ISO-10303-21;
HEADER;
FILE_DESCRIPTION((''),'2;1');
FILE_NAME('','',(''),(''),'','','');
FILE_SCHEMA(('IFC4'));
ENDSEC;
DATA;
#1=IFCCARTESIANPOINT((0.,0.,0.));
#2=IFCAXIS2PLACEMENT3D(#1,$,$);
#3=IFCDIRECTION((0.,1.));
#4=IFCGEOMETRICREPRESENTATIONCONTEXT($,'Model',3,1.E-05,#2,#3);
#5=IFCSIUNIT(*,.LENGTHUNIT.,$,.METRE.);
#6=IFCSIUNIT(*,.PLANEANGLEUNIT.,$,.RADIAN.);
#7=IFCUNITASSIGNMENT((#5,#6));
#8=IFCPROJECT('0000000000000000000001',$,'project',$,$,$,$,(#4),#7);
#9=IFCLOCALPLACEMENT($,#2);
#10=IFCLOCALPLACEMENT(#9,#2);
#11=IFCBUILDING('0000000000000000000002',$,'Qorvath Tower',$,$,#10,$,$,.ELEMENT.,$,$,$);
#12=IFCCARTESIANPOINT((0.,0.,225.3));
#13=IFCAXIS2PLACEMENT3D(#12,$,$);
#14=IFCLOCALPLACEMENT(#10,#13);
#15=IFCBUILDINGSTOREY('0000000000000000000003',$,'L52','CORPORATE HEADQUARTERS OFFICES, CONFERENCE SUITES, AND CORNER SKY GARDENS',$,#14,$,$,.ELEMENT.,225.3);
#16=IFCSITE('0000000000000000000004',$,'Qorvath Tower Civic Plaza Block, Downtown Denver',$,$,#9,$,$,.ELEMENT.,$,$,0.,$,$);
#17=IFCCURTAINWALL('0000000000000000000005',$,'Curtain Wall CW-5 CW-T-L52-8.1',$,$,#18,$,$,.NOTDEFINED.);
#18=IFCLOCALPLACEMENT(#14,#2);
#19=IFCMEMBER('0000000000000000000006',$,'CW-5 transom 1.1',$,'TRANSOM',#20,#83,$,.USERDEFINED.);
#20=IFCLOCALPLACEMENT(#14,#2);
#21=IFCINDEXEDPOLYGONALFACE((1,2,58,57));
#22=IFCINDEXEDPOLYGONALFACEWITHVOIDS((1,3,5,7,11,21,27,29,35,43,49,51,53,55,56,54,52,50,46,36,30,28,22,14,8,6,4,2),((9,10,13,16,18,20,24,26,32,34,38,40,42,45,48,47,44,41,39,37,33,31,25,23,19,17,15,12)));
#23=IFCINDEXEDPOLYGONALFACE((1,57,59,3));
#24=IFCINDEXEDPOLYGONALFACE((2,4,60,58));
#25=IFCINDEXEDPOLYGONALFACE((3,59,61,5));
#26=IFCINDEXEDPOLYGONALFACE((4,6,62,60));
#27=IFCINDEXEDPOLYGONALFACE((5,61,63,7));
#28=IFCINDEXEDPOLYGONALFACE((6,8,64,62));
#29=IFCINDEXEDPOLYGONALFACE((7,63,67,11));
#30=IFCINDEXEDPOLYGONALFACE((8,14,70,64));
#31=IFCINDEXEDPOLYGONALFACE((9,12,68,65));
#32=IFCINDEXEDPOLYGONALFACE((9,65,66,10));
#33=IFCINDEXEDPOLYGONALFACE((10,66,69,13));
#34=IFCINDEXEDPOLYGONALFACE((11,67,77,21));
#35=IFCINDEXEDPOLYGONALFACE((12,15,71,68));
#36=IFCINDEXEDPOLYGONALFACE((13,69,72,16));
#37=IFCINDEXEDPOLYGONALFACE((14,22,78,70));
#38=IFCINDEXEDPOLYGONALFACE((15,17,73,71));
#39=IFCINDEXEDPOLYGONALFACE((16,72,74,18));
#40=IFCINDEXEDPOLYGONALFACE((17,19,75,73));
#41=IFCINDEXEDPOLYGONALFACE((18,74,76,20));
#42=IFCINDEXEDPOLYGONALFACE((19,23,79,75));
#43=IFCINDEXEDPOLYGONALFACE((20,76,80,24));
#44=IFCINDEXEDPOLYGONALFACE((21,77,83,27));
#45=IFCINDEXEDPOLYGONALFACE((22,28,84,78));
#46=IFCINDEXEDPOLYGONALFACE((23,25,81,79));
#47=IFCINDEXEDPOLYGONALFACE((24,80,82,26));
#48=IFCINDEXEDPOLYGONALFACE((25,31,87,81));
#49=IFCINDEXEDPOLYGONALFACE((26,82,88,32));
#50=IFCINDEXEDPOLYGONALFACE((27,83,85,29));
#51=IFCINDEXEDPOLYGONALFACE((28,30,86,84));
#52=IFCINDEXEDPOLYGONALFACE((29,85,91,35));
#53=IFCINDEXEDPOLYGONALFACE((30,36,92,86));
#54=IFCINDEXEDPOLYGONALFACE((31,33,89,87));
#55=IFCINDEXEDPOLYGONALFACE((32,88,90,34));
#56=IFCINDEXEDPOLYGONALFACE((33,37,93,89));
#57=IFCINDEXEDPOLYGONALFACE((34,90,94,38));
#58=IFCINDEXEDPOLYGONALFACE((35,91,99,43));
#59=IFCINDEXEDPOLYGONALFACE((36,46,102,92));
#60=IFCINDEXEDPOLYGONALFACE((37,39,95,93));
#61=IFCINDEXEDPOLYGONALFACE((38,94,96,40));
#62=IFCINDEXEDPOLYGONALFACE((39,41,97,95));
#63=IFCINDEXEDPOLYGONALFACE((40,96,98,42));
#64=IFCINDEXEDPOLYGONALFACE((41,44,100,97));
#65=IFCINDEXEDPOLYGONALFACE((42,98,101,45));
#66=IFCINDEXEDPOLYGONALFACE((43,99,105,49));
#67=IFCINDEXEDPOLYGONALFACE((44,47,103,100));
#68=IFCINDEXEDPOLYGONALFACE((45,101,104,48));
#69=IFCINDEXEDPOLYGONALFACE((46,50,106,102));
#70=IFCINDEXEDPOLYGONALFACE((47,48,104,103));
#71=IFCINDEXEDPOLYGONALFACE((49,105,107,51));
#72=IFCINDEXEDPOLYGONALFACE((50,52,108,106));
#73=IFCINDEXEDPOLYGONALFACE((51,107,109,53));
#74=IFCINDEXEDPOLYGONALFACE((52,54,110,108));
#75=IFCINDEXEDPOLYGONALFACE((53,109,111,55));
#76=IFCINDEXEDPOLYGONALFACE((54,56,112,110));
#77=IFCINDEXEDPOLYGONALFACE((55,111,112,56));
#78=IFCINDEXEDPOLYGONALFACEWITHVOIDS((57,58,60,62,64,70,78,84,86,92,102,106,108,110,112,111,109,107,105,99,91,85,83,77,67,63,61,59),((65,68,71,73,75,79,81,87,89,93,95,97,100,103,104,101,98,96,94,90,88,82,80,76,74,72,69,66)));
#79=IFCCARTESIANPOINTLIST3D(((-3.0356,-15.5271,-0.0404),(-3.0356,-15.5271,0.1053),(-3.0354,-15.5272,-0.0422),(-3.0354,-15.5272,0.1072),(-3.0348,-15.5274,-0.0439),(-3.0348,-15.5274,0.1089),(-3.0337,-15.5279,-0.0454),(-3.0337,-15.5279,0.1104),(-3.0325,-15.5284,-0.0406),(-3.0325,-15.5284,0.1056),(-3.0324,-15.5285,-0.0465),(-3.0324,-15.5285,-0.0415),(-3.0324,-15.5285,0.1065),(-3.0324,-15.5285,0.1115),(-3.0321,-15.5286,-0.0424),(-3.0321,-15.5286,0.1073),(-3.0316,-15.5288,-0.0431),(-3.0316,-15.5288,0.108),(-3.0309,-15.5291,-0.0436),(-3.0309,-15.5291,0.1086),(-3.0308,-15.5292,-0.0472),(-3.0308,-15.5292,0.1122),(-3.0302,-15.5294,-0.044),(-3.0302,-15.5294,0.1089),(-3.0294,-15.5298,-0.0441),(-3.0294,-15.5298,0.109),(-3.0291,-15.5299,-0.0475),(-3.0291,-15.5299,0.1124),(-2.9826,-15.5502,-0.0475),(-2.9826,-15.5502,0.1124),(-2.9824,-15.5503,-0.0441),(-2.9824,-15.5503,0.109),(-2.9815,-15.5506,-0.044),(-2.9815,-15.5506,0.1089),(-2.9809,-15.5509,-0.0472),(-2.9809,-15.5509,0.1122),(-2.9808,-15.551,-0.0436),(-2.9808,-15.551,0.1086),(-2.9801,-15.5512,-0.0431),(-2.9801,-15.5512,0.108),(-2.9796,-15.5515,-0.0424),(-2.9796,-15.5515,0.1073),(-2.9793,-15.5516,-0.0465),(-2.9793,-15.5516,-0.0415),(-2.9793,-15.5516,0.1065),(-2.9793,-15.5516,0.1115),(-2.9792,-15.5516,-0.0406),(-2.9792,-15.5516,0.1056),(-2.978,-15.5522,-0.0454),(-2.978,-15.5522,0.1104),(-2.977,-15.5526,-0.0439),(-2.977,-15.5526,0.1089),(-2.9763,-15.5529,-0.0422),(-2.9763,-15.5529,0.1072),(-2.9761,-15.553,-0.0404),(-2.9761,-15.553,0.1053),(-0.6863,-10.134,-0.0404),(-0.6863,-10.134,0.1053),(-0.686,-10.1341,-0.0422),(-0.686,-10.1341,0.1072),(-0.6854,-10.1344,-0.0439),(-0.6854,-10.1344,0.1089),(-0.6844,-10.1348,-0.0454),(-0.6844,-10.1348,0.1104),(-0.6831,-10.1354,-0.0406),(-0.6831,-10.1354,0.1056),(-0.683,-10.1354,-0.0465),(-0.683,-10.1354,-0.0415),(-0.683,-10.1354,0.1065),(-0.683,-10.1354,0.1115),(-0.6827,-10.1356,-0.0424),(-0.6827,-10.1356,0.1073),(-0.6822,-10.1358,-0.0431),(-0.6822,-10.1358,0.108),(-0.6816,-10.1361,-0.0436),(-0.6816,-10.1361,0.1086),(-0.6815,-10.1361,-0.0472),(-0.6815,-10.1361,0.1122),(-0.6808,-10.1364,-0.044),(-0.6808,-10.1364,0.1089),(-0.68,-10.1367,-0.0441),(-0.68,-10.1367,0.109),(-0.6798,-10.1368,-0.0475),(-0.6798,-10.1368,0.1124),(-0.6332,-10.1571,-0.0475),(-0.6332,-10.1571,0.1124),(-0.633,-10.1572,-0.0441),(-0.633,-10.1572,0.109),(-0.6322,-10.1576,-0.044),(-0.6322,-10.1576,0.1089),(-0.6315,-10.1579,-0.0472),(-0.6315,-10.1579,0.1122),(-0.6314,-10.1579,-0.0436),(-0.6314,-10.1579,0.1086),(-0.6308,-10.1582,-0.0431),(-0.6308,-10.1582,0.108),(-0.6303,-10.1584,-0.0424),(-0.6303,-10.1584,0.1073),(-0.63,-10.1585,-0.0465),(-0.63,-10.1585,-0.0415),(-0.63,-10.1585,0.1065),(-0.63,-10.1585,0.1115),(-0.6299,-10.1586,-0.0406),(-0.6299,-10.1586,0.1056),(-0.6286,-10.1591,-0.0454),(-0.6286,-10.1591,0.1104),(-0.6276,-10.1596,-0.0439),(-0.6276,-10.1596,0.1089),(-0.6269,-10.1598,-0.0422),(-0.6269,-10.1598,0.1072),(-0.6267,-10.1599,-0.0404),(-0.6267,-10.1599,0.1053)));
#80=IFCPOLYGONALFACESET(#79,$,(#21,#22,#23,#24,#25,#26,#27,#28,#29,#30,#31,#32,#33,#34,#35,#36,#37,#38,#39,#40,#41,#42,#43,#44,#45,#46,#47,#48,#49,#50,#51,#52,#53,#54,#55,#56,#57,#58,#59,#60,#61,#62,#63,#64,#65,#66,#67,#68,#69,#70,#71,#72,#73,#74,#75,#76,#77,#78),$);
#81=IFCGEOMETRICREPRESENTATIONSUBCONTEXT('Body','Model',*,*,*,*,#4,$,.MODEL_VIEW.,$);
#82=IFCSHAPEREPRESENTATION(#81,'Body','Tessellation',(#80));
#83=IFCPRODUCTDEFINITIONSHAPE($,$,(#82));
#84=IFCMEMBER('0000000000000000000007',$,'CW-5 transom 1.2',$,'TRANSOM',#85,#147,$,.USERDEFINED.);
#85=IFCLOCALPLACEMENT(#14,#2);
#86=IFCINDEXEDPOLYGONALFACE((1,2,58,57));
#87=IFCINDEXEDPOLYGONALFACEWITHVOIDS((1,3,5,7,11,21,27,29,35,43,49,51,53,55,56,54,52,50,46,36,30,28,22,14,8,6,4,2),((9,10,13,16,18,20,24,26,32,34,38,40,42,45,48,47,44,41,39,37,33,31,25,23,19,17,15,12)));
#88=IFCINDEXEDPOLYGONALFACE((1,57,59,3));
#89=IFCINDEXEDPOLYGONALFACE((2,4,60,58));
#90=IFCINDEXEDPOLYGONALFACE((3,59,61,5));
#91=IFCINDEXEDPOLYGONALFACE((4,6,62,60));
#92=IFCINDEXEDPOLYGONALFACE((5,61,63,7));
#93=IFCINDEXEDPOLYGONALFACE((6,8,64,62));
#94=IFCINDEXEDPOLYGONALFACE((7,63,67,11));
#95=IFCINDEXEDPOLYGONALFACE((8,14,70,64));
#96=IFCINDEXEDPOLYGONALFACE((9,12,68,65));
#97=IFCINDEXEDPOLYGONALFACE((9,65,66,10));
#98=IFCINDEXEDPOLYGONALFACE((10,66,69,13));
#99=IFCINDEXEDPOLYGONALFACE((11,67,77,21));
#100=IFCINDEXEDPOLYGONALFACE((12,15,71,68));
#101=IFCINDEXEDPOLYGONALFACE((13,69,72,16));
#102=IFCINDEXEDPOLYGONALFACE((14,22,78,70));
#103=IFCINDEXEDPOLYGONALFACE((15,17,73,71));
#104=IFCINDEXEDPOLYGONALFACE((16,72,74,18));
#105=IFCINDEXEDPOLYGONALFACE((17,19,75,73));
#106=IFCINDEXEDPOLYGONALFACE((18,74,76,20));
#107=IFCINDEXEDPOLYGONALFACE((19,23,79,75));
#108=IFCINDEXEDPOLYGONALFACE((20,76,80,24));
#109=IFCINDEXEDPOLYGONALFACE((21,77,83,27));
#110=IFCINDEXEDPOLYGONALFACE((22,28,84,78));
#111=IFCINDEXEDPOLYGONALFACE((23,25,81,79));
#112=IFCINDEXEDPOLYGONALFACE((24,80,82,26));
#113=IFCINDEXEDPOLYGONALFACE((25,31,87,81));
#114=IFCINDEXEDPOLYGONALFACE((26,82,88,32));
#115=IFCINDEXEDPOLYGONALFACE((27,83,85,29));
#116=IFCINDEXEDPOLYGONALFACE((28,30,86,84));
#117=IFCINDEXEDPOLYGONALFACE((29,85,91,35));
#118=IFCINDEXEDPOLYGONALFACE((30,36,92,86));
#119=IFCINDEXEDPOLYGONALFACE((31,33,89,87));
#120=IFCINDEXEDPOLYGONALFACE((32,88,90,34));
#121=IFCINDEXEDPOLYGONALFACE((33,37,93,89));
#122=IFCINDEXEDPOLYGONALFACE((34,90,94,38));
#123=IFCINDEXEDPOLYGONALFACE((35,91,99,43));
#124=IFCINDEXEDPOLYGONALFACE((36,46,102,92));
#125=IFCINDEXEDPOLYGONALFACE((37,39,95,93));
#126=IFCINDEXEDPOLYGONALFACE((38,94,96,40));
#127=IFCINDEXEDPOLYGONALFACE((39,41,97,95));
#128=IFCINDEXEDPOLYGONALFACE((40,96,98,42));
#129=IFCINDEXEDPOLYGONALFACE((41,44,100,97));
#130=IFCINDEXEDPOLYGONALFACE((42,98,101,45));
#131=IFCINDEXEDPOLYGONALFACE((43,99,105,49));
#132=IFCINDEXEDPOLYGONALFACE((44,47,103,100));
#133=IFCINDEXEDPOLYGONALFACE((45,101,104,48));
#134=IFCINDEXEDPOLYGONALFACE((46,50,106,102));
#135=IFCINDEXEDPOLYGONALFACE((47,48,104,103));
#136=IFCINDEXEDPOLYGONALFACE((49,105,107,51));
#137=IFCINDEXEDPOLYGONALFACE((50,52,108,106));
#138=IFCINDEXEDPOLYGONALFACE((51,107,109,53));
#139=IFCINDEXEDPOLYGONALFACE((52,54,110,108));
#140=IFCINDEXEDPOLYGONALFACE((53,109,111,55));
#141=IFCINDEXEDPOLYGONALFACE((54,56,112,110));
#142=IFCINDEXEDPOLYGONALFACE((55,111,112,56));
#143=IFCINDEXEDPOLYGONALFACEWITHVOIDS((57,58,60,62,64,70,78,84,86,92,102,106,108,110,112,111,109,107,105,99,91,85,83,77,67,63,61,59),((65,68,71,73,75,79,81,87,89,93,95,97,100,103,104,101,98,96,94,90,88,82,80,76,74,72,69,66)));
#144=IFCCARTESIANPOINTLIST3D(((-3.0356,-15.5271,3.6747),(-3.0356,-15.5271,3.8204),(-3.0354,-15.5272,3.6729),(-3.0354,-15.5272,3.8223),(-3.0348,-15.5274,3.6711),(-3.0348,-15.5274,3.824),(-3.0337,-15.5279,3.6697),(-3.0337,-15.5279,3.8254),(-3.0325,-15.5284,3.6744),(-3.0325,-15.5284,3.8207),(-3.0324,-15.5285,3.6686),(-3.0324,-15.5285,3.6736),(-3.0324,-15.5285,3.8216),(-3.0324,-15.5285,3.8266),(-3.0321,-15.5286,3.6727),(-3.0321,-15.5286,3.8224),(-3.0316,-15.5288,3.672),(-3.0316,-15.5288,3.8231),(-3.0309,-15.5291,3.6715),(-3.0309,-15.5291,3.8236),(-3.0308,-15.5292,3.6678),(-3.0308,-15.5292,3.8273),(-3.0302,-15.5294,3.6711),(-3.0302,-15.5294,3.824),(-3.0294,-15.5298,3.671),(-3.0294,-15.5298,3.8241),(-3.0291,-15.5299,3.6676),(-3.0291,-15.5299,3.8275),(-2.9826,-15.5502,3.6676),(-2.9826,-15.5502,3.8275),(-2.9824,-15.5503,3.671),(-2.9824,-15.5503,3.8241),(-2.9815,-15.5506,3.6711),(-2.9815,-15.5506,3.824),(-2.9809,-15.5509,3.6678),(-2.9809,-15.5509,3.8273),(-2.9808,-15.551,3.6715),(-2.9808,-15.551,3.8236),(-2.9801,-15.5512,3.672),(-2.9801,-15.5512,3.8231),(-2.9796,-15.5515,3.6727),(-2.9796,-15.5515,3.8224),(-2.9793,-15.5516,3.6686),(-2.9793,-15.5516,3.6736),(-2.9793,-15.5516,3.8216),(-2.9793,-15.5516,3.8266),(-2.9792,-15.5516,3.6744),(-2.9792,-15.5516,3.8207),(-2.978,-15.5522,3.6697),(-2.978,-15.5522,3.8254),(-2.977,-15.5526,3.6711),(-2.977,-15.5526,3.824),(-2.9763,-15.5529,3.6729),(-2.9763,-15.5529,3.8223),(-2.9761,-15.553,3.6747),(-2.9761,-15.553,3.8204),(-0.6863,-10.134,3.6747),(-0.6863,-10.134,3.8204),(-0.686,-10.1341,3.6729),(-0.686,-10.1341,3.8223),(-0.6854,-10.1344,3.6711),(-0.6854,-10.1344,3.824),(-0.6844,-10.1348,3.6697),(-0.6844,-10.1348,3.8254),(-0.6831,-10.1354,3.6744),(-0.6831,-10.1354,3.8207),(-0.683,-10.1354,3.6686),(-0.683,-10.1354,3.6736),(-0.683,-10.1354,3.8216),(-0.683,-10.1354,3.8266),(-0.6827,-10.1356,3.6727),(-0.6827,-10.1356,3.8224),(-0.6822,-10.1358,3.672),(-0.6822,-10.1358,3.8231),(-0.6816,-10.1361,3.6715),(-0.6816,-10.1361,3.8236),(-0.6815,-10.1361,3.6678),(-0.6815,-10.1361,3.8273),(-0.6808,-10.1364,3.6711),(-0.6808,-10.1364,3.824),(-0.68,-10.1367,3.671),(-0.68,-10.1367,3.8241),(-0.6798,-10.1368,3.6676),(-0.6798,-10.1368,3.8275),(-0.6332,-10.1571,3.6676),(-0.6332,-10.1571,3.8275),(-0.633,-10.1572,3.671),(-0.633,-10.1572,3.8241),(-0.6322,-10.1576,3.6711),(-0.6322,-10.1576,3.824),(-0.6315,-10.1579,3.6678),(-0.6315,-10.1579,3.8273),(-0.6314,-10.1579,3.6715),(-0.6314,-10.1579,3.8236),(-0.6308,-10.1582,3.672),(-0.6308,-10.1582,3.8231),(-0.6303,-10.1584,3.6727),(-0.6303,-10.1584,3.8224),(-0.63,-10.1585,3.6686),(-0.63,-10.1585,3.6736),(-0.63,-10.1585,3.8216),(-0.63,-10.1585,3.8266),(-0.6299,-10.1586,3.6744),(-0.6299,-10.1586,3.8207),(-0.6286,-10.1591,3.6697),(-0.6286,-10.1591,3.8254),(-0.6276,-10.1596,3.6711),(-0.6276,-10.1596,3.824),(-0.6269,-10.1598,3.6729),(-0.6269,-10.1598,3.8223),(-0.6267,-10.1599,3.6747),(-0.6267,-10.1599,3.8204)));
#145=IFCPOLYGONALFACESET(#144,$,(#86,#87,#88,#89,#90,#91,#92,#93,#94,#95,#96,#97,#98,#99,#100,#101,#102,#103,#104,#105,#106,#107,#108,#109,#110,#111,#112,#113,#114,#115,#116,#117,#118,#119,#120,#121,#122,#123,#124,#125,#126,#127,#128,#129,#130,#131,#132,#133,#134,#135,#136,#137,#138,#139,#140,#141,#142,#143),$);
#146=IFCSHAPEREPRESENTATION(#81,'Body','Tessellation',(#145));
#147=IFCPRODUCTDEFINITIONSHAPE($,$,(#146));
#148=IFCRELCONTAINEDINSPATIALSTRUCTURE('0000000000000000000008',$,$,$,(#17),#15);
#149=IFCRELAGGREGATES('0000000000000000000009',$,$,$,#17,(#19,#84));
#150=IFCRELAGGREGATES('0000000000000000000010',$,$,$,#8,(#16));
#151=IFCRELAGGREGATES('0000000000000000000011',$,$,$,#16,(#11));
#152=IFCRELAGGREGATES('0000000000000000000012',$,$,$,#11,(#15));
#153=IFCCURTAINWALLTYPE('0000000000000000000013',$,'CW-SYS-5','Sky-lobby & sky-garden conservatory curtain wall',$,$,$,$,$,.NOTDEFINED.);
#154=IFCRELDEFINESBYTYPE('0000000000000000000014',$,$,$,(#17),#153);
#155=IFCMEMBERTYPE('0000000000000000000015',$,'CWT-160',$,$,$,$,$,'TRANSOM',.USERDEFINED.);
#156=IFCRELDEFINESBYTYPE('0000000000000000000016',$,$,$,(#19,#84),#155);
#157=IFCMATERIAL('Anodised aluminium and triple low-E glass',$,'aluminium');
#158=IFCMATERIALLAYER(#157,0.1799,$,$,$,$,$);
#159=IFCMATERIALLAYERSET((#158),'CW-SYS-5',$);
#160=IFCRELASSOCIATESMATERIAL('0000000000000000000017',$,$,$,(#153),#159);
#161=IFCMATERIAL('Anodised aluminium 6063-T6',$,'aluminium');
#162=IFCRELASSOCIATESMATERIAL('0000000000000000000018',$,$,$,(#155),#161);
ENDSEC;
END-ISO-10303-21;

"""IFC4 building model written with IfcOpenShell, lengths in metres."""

from ifc_helpers import new_model, si_unit, direction, frame, origin, origin_2d, place, context, subcontext, project, spatial, hollow_rectangle, extrude, material, layer, layer_set, material_profile, profile_set, type_object, element, aggregate, save


model = new_model("IFC4")

# Units and contexts
model_context = context("Model", 3, precision=1e-05, world=origin(), true_north=direction((0.0, 1.0)))
body_context = subcontext(model_context, "Body", "Model", "MODEL_VIEW")
ifc_project = project(units=[si_unit("LENGTHUNIT", "METRE"), si_unit("PLANEANGLEUNIT", "RADIAN")], contexts=[model_context])

# Site, building, storey
site_placement = place(None, origin())
site = spatial("IfcSite", under=ifc_project, at=site_placement, Name="Qorvath Tower Civic Plaza Block, Downtown Denver", CompositionType="ELEMENT", RefElevation=0.0)
building_placement = place(site_placement, origin())
building = spatial("IfcBuilding", under=site, at=building_placement, Name="Qorvath Tower", CompositionType="ELEMENT")
storey_placement = place(building_placement, frame((0.0, 0.0, 225.3)))
storey = spatial("IfcBuildingStorey", under=building, at=storey_placement, Name="L52", Description="CORPORATE HEADQUARTERS OFFICES, CONFERENCE SUITES, AND CORNER SKY GARDENS", CompositionType="ELEMENT", Elevation=225.3)

# Shared definitions
ifc_material_1 = material(Name="Anodised aluminium and triple low-E glass", Category="aluminium")
ifc_layer_1 = layer(ifc_material_1, 0.1799)
ifc_layer_set_1 = layer_set([ifc_layer_1], Name="CW-SYS-5")
curtain_wall_type = type_object("IfcCurtainWallType", Name="CW-SYS-5", Description="Sky-lobby & sky-garden conservatory curtain wall", PredefinedType="NOTDEFINED", material=ifc_layer_set_1)

# Curtain wall
curtain_wall_1_placement = place(storey_placement, origin())
curtain_wall_1 = element("IfcCurtainWall", 1, at=curtain_wall_1_placement, inside=storey, type_object=curtain_wall_type, Name="Curtain Wall CW-5 CW-T-L52-8.1", PredefinedType="NOTDEFINED")

# Members
ifc_material_2 = material(Name="Anodised aluminium 6063-T6", Category="aluminium")
ifc_material_profile_1 = material_profile(ifc_material_2, hollow_rectangle(XDim=0.0649, YDim=0.1599, WallThickness=0.0034, InnerFilletRadius=0.0034, OuterFilletRadius=0.0071, at=origin_2d()), Name="CWT 160x65")
ifc_profile_set_1 = profile_set([ifc_material_profile_1], Name="Anodised aluminium 6063-T6")
member_type_1 = type_object("IfcMemberType", Name="CWT-160", ElementType="TRANSOM", PredefinedType="USERDEFINED", material=ifc_profile_set_1)
member_1_placement = place(storey_placement, frame((-3.0059, -15.54, 0.0325), z_axis=(0.399377, 0.916787, 0.0), x_axis=(-0.916787, 0.399377, 0.0)))
member_1 = element("IfcMember", 2, at=member_1_placement, type_object=member_type_1, Name="CW-5 transom 1.1", ObjectType="TRANSOM", PredefinedType="USERDEFINED", context=body_context, shape_type="SweptSolid", body=[
    extrude(hollow_rectangle(XDim=0.0649, YDim=0.1599, WallThickness=0.0034, InnerFilletRadius=0.0034, OuterFilletRadius=0.0071, at=origin_2d()), origin(), (0.0, 0.0, 1.0), 5.8826),
])
member_2_placement = place(storey_placement, frame((-3.0059, -15.54, 3.7476), z_axis=(0.399377, 0.916787, 0.0), x_axis=(-0.916787, 0.399377, 0.0)))
member_2 = element("IfcMember", 3, at=member_2_placement, type_object=member_type_1, Name="CW-5 transom 1.2", ObjectType="TRANSOM", PredefinedType="USERDEFINED", context=body_context, shape_type="SweptSolid", body=[
    extrude(hollow_rectangle(XDim=0.0649, YDim=0.1599, WallThickness=0.0034, InnerFilletRadius=0.0034, OuterFilletRadius=0.0071, at=origin_2d()), origin(), (0.0, 0.0, 1.0), 5.8826),
])

aggregate(curtain_wall_1, [member_1, member_2])

save(model, "model.ifc")
